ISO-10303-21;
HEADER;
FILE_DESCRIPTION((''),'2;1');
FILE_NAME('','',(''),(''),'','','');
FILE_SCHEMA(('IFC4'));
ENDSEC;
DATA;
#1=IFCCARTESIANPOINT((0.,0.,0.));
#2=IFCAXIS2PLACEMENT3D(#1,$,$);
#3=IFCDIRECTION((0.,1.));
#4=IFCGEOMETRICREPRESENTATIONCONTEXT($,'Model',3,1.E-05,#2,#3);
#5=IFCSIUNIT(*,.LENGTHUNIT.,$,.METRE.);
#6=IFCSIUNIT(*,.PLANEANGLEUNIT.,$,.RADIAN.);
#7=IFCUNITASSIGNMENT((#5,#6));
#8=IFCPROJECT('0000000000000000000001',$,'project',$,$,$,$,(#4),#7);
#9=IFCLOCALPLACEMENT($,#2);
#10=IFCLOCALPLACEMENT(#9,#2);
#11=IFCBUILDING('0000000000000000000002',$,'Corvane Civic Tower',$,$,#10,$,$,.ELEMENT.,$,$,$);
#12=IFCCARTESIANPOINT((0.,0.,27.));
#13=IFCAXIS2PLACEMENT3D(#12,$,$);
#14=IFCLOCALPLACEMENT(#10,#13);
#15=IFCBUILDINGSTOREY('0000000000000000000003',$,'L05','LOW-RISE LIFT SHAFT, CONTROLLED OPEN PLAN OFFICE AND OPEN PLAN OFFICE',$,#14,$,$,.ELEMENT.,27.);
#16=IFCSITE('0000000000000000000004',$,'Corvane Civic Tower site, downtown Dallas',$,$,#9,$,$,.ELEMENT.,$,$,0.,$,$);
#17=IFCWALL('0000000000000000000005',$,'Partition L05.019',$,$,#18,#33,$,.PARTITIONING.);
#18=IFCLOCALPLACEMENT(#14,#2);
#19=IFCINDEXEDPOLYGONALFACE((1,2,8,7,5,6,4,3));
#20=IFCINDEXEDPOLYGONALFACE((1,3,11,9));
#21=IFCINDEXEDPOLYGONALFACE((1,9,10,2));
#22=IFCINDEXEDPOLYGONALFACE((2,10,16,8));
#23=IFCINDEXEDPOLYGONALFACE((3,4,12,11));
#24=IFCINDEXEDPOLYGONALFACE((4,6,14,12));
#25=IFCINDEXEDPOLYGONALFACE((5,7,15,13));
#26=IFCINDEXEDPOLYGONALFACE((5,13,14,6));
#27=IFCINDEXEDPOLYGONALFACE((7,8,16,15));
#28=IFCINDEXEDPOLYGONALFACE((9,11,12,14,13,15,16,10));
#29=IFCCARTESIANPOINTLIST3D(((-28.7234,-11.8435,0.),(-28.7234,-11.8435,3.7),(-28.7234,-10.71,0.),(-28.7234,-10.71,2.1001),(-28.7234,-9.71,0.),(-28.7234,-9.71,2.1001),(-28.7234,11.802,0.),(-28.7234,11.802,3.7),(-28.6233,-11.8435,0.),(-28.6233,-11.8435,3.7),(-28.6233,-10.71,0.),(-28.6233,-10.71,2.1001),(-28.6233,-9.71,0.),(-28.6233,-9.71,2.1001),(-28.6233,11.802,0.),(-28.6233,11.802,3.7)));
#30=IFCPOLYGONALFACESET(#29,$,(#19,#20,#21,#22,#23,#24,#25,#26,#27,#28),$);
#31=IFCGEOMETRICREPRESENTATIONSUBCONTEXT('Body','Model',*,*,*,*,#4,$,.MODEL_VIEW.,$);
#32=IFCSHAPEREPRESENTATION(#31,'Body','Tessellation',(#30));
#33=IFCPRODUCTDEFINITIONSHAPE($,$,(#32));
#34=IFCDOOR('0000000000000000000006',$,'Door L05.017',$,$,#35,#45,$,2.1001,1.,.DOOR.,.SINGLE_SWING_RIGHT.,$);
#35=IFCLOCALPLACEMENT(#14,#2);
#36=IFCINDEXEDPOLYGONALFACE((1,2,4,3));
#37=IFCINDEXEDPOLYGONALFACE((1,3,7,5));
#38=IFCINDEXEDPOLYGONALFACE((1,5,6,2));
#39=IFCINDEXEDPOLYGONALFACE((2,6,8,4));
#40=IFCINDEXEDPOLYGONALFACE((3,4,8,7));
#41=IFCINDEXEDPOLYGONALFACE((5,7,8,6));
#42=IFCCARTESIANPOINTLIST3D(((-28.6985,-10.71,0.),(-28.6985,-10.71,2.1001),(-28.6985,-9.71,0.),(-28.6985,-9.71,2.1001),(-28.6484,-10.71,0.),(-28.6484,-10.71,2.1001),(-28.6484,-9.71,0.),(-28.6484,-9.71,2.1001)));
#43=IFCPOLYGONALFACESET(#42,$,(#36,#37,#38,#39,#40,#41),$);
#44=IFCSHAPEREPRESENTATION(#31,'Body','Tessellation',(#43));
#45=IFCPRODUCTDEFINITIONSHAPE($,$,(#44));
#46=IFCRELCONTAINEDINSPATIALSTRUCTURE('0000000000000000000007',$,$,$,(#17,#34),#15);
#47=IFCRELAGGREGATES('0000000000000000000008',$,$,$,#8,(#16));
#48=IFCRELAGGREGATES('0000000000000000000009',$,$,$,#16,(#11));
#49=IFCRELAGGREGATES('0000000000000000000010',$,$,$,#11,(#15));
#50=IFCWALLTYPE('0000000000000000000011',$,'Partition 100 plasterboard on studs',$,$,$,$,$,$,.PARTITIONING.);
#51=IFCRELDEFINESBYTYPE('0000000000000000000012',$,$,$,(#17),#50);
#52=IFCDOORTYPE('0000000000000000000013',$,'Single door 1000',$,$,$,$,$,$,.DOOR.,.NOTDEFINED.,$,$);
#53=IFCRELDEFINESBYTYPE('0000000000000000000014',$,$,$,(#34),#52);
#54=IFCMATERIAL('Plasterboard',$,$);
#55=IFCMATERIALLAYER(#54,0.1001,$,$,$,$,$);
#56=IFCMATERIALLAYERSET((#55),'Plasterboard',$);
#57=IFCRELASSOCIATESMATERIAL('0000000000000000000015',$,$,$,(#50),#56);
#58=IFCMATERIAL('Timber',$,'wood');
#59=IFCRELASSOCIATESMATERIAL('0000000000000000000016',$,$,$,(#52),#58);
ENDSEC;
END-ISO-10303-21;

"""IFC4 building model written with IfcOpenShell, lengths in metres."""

from ifc_helpers import new_model, si_unit, direction, frame, frame_2d, origin, place, context, subcontext, project, spatial, rectangle, extrude, material, layer, layer_set, type_object, element, fill, save


model = new_model("IFC4")

# Units and contexts
model_context = context("Model", 3, precision=1e-05, world=origin(), true_north=direction((0.0, 1.0)))
body_context = subcontext(model_context, "Body", "Model", "MODEL_VIEW")
ifc_project = project(units=[si_unit("LENGTHUNIT", "METRE"), si_unit("PLANEANGLEUNIT", "RADIAN")], contexts=[model_context])

# Site, building, storey
site_placement = place(None, origin())
site = spatial("IfcSite", under=ifc_project, at=site_placement, Name="Corvane Civic Tower site, downtown Dallas", CompositionType="ELEMENT", RefElevation=0.0)
building_placement = place(site_placement, origin())
building = spatial("IfcBuilding", under=site, at=building_placement, Name="Corvane Civic Tower", CompositionType="ELEMENT")
storey_placement = place(building_placement, frame((0.0, 0.0, 27.0)))
storey = spatial("IfcBuildingStorey", under=building, at=storey_placement, Name="L05", Description="LOW-RISE LIFT SHAFT, CONTROLLED OPEN PLAN OFFICE AND OPEN PLAN OFFICE", CompositionType="ELEMENT", Elevation=27.0)

# Shared definitions
ifc_material_1 = material(Name="Plasterboard")
ifc_layer_1 = layer(ifc_material_1, 0.1001)
ifc_layer_set_1 = layer_set([ifc_layer_1], Name="Plasterboard")
wall_type_1 = type_object("IfcWallType", Name="Partition 100 plasterboard on studs", PredefinedType="PARTITIONING", material=ifc_layer_set_1)

# Wall, opening, door
wall_1_placement = place(storey_placement, frame((-28.6733, -11.8435, 0.0), z_axis=(0.0, 0.0, 1.0), x_axis=(0.0, 1.0, 0.0)))
wall_1 = element("IfcWall", 1, at=wall_1_placement, inside=storey, type_object=wall_type_1, Name="Partition L05.019", PredefinedType="PARTITIONING", context=body_context, shape_type="SweptSolid", body=[
    extrude(rectangle(XDim=23.6455, YDim=0.1001, at=frame_2d((11.8228, 0.0))), origin(), (0.0, 0.0, 1.0), 3.7),
])
opening_1_placement = place(wall_1_placement, frame((1.1335, 0.0, 0.0)))
opening_1 = element("IfcOpeningElement", 2, at=opening_1_placement, cuts=wall_1, PredefinedType="OPENING", context=body_context, shape_type="SweptSolid", body=[
    extrude(rectangle(XDim=1.0, YDim=2.1001, at=frame_2d((0.5, 1.05))), frame((0.0, 0.0601, 0.0), z_axis=(0.0, -1.0, 0.0), x_axis=(1.0, 0.0, 0.0)), (0.0, 0.0, 1.0), 0.1201),
])
ifc_material_2 = material(Name="Timber", Category="wood")
door_type_1 = type_object("IfcDoorType", Name="Single door 1000", OperationType="NOTDEFINED", PredefinedType="DOOR", material=ifc_material_2)
door_1_placement = place(opening_1_placement, frame((1.0, 0.0, 0.0), z_axis=(0.0, 0.0, 1.0), x_axis=(-1.0, 0.0, 0.0)))
door_1 = element("IfcDoor", 3, at=door_1_placement, inside=storey, type_object=door_type_1, Name="Door L05.017", OperationType="SINGLE_SWING_RIGHT", OverallHeight=2.1001, OverallWidth=1.0, PredefinedType="DOOR", context=body_context, shape_type="SweptSolid", body=[
    extrude(rectangle(XDim=1.0, YDim=2.1001, at=frame_2d((0.5, 1.05))), frame((0.0, 0.0249, 0.0), z_axis=(0.0, -1.0, 0.0), x_axis=(1.0, 0.0, 0.0)), (0.0, 0.0, 1.0), 0.05),
])
fill(opening_1, door_1)

save(model, "model.ifc")
